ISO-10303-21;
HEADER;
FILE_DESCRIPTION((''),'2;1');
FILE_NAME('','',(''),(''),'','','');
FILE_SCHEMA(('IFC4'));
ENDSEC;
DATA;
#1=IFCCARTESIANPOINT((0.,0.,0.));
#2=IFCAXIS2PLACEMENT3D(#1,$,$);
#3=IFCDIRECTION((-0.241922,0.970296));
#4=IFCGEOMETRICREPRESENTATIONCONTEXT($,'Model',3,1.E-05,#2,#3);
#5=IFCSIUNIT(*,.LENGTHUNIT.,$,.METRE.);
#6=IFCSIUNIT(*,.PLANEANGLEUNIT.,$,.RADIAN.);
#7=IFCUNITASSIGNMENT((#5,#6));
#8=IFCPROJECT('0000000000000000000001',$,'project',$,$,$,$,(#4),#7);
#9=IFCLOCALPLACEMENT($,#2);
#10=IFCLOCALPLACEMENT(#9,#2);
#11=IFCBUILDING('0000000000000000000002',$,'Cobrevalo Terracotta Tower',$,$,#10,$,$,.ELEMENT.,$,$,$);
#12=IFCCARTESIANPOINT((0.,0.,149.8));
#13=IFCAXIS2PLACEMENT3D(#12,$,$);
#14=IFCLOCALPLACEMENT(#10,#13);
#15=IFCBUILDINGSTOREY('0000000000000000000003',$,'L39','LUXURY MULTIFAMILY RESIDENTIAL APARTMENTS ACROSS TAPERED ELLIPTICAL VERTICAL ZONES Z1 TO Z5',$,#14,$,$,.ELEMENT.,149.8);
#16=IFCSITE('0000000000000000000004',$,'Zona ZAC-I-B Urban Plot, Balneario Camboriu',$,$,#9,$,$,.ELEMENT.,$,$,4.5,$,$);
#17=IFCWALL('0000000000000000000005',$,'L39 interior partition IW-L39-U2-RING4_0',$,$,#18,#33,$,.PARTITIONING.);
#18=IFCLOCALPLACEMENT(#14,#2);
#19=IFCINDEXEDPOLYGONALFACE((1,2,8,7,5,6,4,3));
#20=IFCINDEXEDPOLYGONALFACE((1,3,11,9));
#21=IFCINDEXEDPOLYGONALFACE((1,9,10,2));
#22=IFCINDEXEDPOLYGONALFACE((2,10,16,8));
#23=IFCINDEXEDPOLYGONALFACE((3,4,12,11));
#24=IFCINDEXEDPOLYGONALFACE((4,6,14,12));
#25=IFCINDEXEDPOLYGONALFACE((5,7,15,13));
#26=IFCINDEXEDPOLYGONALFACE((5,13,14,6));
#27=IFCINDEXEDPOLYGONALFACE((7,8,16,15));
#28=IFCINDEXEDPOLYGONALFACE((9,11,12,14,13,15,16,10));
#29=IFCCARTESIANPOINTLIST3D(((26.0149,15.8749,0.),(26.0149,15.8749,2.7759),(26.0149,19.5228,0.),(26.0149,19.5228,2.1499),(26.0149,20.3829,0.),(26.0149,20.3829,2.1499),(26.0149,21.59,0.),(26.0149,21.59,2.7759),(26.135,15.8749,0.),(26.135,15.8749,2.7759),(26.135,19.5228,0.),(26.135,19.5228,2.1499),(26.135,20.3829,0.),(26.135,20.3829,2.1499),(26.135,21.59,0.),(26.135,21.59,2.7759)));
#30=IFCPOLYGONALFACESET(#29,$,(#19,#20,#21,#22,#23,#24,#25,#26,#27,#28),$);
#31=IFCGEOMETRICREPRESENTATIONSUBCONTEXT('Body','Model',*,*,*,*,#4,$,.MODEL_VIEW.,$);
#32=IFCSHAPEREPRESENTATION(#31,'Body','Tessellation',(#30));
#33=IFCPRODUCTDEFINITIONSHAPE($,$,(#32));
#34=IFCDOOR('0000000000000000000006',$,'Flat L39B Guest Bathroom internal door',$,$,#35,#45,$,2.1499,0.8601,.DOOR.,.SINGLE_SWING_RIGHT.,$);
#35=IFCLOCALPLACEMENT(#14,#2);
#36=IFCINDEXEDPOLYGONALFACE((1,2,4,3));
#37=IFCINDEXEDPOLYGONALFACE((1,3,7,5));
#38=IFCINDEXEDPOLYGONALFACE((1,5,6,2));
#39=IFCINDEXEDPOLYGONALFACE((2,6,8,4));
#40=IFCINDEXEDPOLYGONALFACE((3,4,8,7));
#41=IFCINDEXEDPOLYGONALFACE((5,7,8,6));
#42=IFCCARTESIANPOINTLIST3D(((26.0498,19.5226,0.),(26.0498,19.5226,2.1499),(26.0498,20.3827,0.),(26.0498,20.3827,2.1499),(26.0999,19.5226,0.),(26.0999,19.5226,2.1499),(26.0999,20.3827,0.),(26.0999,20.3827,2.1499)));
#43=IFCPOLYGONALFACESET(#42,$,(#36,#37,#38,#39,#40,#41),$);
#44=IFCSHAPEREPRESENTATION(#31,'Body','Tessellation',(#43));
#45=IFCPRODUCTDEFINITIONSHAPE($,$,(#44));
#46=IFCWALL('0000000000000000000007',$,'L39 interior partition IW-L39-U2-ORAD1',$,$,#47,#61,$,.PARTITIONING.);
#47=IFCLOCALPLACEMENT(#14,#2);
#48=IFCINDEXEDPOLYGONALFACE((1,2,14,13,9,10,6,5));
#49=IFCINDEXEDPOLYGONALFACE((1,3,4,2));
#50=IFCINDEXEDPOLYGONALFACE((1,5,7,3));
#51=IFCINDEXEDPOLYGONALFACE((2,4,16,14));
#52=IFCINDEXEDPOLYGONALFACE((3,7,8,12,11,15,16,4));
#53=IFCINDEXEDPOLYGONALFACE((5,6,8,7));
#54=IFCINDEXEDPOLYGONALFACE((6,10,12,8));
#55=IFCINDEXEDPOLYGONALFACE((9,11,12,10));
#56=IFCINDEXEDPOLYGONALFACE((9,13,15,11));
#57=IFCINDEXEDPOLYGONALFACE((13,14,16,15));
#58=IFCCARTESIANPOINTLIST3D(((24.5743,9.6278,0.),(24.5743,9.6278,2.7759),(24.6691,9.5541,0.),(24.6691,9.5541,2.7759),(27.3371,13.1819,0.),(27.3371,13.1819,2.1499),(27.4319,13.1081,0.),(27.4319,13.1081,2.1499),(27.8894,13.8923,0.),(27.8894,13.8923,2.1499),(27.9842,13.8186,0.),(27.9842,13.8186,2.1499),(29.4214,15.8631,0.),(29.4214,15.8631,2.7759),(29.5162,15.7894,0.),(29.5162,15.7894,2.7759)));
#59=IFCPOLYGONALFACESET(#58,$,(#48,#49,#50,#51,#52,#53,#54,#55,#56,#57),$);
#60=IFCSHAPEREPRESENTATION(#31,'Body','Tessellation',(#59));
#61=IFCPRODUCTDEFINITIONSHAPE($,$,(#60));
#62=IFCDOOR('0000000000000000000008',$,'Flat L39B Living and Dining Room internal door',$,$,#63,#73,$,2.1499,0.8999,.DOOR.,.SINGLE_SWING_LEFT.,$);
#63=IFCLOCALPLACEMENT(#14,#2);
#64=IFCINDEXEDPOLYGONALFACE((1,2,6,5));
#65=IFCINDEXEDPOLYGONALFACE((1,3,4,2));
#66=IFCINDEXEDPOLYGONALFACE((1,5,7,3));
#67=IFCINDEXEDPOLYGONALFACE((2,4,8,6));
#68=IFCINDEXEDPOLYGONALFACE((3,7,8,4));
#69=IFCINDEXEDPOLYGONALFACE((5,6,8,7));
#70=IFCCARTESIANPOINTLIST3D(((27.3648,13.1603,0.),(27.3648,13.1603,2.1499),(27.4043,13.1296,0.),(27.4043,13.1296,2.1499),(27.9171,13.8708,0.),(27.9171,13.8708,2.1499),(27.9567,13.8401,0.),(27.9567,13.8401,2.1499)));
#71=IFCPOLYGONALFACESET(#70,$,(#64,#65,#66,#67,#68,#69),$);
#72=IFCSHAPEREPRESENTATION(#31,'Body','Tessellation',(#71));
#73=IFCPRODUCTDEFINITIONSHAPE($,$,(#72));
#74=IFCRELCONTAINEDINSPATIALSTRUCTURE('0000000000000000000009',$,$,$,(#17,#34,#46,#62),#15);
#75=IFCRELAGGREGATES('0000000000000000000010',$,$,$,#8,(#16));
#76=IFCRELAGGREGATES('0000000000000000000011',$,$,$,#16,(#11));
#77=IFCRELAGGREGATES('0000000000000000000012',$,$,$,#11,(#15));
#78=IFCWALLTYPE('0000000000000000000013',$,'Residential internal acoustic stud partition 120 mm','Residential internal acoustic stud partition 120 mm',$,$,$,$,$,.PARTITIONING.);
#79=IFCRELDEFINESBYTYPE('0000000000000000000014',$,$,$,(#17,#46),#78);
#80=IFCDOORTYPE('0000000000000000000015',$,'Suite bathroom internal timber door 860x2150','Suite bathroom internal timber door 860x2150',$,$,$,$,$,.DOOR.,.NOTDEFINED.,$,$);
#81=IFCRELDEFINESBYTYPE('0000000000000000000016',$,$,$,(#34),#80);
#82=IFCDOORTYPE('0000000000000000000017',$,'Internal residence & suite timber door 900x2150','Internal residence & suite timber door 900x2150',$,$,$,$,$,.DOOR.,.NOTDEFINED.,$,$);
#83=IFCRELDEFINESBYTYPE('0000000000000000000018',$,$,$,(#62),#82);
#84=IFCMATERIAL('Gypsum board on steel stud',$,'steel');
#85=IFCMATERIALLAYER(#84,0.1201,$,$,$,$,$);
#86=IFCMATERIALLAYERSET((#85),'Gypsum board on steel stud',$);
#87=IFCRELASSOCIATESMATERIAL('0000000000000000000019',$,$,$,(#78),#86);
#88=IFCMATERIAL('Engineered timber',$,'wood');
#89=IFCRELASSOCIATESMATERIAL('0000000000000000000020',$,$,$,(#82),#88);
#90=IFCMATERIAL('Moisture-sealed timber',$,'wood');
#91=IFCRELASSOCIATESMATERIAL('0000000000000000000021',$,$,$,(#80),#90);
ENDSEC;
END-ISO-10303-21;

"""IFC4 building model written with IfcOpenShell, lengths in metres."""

from ifc_helpers import new_model, si_unit, direction, frame, frame_2d, origin, place, context, subcontext, project, spatial, rectangle, extrude, source, transform, mapped, material, layer, layer_set, type_object, element, fill, save


model = new_model("IFC4")

# Units and contexts
model_context = context("Model", 3, precision=1e-05, world=origin(), true_north=direction((-0.241922, 0.970296)))
body_context = subcontext(model_context, "Body", "Model", "MODEL_VIEW")
ifc_project = project(units=[si_unit("LENGTHUNIT", "METRE"), si_unit("PLANEANGLEUNIT", "RADIAN")], contexts=[model_context])

# Site, building, storey
site_placement = place(None, origin())
site = spatial("IfcSite", under=ifc_project, at=site_placement, Name="Zona ZAC-I-B Urban Plot, Balneario Camboriu", CompositionType="ELEMENT", RefElevation=4.5)
building_placement = place(site_placement, origin())
building = spatial("IfcBuilding", under=site, at=building_placement, Name="Cobrevalo Terracotta Tower", CompositionType="ELEMENT")
storey_placement = place(building_placement, frame((0.0, 0.0, 149.8)))
storey = spatial("IfcBuildingStorey", under=building, at=storey_placement, Name="L39", Description="LUXURY MULTIFAMILY RESIDENTIAL APARTMENTS ACROSS TAPERED ELLIPTICAL VERTICAL ZONES Z1 TO Z5", CompositionType="ELEMENT", Elevation=149.8)

# Shared definitions
ifc_material_1 = material(Name="Gypsum board on steel stud", Category="steel")
ifc_layer_1 = layer(ifc_material_1, 0.1201)
ifc_layer_set_1 = layer_set([ifc_layer_1], Name="Gypsum board on steel stud")
wall_type_1 = type_object("IfcWallType", Name="Residential internal acoustic stud partition 120 mm", Description="Residential internal acoustic stud partition 120 mm", PredefinedType="PARTITIONING", material=ifc_layer_set_1)

# Walls, openings, doors
ifc_material_2 = material(Name="Engineered timber", Category="wood")
door_type_1 = type_object("IfcDoorType", Name="Internal residence & suite timber door 900x2150", Description="Internal residence & suite timber door 900x2150", OperationType="NOTDEFINED", PredefinedType="DOOR", material=ifc_material_2)
shared_shape_1 = source(origin(), body_context, "Body", "SweptSolid", [
    extrude(rectangle(XDim=0.8999, YDim=2.1499, at=frame_2d((0.45, 1.075))), frame((0.0, 0.0249, 0.0), z_axis=(0.0, -1.0, 0.0), x_axis=(1.0, 0.0, 0.0)), (0.0, 0.0, 1.0), 0.05),
])
wall_1_placement = place(storey_placement, frame((26.075, 15.875, 0.0), z_axis=(0.0, 0.0, 1.0), x_axis=(0.0, 1.0, 0.0)))
wall_1 = element("IfcWall", 1, at=wall_1_placement, inside=storey, type_object=wall_type_1, Name="L39 interior partition IW-L39-U2-RING4_0", PredefinedType="PARTITIONING", context=body_context, shape_type="SweptSolid", body=[
    extrude(rectangle(XDim=5.7151, YDim=0.1201, at=frame_2d((2.8574, 0.0))), origin(), (0.0, 0.0, 1.0), 2.7759),
])
opening_1_placement = place(wall_1_placement, frame((3.6477, 0.0, 0.0)))
opening_1 = element("IfcOpeningElement", 2, at=opening_1_placement, cuts=wall_1, PredefinedType="OPENING", context=body_context, shape_type="SweptSolid", body=[
    extrude(rectangle(XDim=0.8601, YDim=2.1499, at=frame_2d((0.4302, 1.075))), frame((0.0, 0.0701, 0.0), z_axis=(0.0, -1.0, 0.0), x_axis=(1.0, 0.0, 0.0)), (0.0, 0.0, 1.0), 0.1401),
])
ifc_material_3 = material(Name="Moisture-sealed timber", Category="wood")
door_type_2 = type_object("IfcDoorType", Name="Suite bathroom internal timber door 860x2150", Description="Suite bathroom internal timber door 860x2150", OperationType="NOTDEFINED", PredefinedType="DOOR", material=ifc_material_3)
shared_shape_2 = source(origin(), body_context, "Body", "SweptSolid", [
    extrude(rectangle(XDim=0.8601, YDim=2.1499, at=frame_2d((0.4302, 1.075))), frame((0.0, 0.0249, 0.0), z_axis=(0.0, -1.0, 0.0), x_axis=(1.0, 0.0, 0.0)), (0.0, 0.0, 1.0), 0.05),
])
door_1_placement = place(opening_1_placement, frame((0.8601, 0.0, 0.0), z_axis=(0.0, 0.0, 1.0), x_axis=(-1.0, 0.0, 0.0)))
door_1 = element("IfcDoor", 3, at=door_1_placement, inside=storey, type_object=door_type_2, Name="Flat L39B Guest Bathroom internal door", OperationType="SINGLE_SWING_RIGHT", OverallHeight=2.1499, OverallWidth=0.8601, PredefinedType="DOOR", context=body_context, shape_type="MappedRepresentation", body=[
    mapped(shared_shape_2, transform((0.0, 0.0, 0.0), scale=1.0)),
])
fill(opening_1, door_1)
wall_2_placement = place(storey_placement, frame((29.4688, 15.8262, 0.0), z_axis=(0.0, 0.0, 1.0), x_axis=(-0.613739, -0.789509, 0.0)))
wall_2 = element("IfcWall", 4, at=wall_2_placement, inside=storey, type_object=wall_type_1, Name="L39 interior partition IW-L39-U2-ORAD1", PredefinedType="PARTITIONING", context=body_context, shape_type="SweptSolid", body=[
    extrude(rectangle(XDim=7.8977, YDim=0.1201, at=frame_2d((3.9487, 0.0))), origin(), (0.0, 0.0, 1.0), 2.7759),
])
opening_2_placement = place(wall_2_placement, frame((2.4961, 0.0, 0.0)))
opening_2 = element("IfcOpeningElement", 5, at=opening_2_placement, cuts=wall_2, PredefinedType="OPENING", context=body_context, shape_type="SweptSolid", body=[
    extrude(rectangle(XDim=0.8999, YDim=2.1499, at=frame_2d((0.45, 1.075))), frame((0.0, 0.0701, 0.0), z_axis=(0.0, -1.0, 0.0), x_axis=(1.0, 0.0, 0.0)), (0.0, 0.0, 1.0), 0.1401),
])
door_2_placement = place(opening_2_placement, frame((0.8999, 0.0, 0.0), z_axis=(0.0, 0.0, 1.0), x_axis=(-1.0, 0.0, 0.0)))
door_2 = element("IfcDoor", 6, at=door_2_placement, inside=storey, type_object=door_type_1, Name="Flat L39B Living and Dining Room internal door", OperationType="SINGLE_SWING_LEFT", OverallHeight=2.1499, OverallWidth=0.8999, PredefinedType="DOOR", context=body_context, shape_type="MappedRepresentation", body=[
    mapped(shared_shape_1, transform((0.0, 0.0, 0.0), scale=1.0)),
])
fill(opening_2, door_2)

save(model, "model.ifc")
